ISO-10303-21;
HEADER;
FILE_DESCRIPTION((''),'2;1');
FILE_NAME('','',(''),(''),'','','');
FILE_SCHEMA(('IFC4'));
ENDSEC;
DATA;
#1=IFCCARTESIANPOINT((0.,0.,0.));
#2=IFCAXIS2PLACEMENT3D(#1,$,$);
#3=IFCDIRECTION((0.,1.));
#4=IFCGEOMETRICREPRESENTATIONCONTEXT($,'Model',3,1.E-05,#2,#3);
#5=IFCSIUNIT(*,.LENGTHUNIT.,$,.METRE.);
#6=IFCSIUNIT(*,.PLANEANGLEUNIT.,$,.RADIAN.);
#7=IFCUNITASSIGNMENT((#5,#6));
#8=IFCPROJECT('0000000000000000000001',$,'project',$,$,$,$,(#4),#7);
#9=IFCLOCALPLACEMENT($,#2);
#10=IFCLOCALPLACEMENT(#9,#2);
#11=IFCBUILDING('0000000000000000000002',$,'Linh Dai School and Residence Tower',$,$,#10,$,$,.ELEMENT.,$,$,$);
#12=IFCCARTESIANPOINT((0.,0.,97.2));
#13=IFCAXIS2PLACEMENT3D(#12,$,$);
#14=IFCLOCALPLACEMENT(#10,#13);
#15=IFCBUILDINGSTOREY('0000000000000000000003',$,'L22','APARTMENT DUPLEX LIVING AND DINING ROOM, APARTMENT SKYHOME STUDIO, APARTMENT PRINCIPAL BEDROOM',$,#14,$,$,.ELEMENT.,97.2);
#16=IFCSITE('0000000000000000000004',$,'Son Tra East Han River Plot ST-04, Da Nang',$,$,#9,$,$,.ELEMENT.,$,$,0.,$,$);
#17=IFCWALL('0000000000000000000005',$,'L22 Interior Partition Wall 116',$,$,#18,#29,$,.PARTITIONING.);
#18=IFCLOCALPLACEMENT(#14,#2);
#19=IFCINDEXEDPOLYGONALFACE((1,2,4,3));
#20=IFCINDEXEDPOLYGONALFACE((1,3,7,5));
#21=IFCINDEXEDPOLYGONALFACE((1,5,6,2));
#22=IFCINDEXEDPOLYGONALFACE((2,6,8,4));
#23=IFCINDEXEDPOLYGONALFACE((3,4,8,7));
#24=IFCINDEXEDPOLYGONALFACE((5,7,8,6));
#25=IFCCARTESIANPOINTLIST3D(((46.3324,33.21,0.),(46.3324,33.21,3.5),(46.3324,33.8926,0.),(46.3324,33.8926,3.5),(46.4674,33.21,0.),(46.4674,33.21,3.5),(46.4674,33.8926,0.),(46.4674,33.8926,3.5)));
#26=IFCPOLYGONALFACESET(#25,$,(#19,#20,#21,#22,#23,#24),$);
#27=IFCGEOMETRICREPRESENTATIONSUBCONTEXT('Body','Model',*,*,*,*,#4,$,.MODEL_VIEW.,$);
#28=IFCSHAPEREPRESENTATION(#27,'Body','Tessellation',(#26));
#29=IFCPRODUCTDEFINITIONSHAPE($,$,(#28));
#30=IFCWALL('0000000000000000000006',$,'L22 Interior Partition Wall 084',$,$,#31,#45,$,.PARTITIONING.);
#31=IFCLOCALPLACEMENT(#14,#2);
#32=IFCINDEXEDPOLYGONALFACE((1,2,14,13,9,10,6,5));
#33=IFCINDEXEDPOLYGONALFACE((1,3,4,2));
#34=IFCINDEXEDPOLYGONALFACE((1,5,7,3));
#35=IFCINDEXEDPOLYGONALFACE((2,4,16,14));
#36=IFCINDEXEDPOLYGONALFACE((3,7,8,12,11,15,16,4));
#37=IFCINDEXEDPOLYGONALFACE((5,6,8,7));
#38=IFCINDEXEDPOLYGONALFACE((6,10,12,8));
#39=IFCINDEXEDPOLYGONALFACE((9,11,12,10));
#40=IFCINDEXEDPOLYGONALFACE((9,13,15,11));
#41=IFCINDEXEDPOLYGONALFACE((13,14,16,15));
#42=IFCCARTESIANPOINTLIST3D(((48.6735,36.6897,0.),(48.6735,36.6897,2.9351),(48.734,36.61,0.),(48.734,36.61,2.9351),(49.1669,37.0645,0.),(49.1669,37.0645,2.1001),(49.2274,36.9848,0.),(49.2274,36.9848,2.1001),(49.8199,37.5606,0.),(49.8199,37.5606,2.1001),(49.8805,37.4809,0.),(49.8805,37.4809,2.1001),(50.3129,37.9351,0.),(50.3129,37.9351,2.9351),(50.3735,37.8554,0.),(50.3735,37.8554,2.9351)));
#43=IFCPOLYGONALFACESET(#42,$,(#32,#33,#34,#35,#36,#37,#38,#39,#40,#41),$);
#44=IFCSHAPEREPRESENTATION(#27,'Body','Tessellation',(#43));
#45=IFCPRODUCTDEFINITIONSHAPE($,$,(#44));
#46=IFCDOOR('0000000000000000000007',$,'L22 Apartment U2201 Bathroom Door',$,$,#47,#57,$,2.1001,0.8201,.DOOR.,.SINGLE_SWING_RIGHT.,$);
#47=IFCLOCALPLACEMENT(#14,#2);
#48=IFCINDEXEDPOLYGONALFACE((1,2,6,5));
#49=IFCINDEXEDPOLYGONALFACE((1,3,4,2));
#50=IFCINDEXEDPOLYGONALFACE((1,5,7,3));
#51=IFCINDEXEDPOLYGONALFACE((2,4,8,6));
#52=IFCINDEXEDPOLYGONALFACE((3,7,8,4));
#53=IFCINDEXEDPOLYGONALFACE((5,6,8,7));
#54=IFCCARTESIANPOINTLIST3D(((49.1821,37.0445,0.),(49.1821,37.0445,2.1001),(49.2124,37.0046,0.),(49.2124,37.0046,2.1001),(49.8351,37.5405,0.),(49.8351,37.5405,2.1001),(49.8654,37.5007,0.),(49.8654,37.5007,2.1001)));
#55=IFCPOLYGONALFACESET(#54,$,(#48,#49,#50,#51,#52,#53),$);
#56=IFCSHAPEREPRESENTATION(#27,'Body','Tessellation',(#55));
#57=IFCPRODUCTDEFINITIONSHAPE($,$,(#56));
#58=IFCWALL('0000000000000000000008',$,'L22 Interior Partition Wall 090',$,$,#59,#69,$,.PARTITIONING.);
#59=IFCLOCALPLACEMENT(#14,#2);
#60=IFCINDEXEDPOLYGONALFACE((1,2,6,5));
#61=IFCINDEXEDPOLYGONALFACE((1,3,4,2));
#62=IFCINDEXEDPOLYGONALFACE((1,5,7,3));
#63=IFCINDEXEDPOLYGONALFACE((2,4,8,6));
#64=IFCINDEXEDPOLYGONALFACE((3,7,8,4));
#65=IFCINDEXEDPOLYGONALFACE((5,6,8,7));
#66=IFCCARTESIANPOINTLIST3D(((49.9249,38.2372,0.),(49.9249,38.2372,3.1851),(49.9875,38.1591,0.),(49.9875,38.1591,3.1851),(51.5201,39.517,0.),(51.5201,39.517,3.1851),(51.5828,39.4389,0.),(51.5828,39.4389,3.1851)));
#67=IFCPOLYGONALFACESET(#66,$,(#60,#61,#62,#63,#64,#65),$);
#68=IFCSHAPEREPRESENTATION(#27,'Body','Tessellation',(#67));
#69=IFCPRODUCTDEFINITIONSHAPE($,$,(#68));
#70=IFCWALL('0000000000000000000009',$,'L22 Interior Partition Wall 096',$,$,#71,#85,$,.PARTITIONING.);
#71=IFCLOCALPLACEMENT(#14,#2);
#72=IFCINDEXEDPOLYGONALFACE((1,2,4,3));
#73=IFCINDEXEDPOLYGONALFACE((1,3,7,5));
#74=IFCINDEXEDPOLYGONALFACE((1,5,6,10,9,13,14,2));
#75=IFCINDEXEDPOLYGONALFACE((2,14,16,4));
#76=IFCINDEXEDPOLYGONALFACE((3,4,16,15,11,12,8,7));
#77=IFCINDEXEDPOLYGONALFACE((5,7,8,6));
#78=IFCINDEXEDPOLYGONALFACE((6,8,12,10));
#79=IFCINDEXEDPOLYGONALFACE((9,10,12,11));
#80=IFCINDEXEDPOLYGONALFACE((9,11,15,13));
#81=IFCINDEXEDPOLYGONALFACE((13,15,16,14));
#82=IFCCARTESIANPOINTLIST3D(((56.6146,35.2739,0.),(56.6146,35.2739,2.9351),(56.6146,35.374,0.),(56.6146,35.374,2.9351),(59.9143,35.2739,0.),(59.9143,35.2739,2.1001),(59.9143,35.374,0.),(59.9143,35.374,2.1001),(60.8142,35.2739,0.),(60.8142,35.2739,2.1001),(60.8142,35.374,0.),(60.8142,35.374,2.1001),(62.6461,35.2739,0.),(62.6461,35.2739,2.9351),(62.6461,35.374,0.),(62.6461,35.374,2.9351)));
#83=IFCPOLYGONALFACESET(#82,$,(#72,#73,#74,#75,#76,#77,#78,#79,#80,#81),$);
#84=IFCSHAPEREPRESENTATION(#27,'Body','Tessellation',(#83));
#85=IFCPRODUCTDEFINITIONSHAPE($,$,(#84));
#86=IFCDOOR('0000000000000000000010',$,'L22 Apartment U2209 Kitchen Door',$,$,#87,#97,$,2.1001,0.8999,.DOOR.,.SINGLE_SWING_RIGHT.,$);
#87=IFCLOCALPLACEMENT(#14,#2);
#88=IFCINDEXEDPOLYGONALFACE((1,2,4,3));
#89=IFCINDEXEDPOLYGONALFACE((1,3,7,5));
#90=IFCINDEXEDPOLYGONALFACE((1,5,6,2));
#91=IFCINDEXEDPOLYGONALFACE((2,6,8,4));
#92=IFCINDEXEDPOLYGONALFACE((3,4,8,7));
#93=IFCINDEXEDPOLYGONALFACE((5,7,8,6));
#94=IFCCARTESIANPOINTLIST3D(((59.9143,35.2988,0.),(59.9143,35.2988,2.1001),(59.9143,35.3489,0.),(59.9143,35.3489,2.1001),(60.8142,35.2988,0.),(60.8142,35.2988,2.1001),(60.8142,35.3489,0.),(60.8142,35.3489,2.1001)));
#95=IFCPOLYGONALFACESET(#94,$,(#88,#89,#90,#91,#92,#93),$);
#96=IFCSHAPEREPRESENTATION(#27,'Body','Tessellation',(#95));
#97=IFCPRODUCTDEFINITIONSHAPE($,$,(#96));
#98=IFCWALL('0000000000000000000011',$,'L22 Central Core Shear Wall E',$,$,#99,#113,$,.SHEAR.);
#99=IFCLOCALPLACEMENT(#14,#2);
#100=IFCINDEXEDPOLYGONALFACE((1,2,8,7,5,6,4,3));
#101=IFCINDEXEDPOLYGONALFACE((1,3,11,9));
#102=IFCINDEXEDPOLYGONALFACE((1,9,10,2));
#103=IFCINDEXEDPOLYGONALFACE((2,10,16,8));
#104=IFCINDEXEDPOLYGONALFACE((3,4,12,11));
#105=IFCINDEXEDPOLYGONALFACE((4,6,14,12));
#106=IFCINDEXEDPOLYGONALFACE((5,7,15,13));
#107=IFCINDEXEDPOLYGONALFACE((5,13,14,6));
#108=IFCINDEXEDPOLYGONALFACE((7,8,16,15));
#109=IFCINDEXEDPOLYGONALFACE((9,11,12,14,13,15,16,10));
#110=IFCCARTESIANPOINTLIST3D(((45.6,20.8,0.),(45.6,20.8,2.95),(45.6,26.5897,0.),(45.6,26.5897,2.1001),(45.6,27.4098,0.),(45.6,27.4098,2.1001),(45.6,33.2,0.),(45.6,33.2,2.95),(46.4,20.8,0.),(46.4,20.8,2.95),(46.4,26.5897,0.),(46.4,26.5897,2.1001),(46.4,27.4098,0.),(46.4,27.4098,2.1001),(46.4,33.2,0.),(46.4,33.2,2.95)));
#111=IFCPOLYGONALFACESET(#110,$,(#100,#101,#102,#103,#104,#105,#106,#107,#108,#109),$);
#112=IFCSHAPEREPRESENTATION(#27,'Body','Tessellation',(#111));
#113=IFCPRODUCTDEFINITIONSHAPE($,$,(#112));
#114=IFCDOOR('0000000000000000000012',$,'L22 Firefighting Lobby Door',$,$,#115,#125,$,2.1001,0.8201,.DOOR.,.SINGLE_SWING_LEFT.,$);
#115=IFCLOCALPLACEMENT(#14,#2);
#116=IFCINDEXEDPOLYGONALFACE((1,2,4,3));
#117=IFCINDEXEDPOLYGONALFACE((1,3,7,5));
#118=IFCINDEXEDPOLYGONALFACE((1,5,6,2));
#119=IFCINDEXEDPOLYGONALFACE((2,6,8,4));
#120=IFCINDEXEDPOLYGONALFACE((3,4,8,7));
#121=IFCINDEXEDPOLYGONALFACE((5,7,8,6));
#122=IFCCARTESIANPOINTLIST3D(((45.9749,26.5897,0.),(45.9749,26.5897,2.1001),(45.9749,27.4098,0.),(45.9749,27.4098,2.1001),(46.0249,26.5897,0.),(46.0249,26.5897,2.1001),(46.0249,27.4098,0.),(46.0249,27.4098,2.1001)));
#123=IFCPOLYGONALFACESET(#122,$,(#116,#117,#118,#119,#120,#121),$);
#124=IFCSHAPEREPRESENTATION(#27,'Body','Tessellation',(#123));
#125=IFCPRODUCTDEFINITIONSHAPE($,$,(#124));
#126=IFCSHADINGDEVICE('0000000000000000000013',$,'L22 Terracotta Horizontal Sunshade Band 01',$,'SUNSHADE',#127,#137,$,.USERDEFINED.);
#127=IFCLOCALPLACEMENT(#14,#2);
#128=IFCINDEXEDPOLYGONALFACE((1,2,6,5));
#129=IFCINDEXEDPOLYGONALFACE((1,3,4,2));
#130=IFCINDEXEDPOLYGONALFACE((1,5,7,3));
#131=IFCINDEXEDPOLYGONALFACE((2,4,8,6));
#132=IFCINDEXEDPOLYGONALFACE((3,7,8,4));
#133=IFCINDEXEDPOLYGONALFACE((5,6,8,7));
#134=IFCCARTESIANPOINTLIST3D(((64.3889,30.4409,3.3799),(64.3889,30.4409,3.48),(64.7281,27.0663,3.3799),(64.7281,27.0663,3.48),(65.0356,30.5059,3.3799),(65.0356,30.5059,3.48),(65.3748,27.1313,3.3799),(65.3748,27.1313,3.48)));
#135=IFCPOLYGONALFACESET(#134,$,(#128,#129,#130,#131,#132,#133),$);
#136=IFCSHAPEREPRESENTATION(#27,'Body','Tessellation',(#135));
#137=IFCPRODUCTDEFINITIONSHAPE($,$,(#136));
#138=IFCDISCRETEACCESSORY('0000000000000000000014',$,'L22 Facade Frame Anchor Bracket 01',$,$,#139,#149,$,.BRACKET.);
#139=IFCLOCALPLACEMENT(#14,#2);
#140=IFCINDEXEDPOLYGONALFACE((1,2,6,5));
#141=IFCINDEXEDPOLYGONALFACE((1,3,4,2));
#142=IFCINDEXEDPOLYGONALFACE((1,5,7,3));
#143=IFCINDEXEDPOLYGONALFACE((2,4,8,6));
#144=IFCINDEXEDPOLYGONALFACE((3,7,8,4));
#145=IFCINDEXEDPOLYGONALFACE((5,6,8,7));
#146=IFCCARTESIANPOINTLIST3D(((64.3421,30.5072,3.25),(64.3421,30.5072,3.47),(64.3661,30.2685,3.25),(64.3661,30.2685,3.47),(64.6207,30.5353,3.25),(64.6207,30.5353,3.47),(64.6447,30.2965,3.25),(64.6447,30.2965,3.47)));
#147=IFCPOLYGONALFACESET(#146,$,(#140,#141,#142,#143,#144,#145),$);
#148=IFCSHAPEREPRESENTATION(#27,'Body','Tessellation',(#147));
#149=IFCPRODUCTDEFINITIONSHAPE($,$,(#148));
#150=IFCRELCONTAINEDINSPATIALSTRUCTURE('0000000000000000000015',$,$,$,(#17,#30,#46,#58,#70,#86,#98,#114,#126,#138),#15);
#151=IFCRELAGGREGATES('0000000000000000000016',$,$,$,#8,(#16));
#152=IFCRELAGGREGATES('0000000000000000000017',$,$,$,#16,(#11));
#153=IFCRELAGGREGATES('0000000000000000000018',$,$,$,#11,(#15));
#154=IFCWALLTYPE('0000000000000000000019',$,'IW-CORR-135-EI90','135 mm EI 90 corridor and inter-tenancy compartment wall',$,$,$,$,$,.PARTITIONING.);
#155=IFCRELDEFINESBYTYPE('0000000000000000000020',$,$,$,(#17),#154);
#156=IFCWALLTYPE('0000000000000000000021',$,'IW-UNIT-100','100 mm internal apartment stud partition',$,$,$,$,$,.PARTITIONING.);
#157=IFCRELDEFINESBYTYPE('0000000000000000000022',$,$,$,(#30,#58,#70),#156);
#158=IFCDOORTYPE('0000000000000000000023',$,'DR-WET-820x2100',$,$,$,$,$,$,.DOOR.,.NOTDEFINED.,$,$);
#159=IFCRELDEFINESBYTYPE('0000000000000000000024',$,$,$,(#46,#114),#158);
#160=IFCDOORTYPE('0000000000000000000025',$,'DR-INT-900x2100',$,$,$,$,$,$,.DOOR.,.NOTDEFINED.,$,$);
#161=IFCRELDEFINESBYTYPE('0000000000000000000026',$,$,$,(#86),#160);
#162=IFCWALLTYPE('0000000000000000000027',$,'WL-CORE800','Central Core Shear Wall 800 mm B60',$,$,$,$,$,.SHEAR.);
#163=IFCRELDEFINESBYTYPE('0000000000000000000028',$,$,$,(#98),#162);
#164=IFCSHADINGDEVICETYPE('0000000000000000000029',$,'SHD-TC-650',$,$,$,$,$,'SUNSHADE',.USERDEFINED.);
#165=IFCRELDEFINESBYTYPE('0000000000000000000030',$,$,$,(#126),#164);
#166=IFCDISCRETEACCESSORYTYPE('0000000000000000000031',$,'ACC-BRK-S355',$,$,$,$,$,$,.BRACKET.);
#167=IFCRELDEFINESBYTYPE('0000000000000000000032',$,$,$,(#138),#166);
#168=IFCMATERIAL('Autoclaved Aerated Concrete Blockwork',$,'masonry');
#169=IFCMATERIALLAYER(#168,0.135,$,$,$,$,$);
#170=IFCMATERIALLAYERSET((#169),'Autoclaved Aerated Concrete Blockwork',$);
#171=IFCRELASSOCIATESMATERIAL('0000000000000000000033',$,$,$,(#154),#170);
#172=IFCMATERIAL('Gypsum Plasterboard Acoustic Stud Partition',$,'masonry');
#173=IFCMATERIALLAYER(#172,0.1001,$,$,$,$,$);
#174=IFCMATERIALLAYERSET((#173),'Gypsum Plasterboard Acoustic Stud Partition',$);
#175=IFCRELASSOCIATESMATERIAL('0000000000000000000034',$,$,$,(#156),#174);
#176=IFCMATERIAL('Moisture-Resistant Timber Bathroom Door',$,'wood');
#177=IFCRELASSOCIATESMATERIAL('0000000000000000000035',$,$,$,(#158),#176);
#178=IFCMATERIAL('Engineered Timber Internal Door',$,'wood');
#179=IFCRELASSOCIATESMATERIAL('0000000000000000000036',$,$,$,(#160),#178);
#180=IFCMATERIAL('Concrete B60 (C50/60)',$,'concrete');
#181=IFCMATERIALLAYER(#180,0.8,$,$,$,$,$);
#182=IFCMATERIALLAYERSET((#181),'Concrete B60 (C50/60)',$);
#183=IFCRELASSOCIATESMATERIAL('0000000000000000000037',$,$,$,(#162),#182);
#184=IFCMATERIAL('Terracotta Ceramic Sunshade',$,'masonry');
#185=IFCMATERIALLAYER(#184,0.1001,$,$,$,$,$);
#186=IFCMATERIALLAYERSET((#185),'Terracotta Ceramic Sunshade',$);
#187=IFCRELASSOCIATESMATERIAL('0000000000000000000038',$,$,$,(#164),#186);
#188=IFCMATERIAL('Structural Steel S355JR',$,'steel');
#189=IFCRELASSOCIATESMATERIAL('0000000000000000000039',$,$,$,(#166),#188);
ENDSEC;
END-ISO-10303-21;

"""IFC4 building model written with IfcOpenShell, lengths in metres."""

from ifc_helpers import new_model, si_unit, direction, frame, frame_2d, origin, origin_2d, place, context, subcontext, project, spatial, rectangle, extrude, source, transform, mapped, material, layer, layer_set, type_object, element, fill, save


model = new_model("IFC4")

# Units and contexts
model_context = context("Model", 3, precision=1e-05, world=origin(), true_north=direction((0.0, 1.0)))
body_context = subcontext(model_context, "Body", "Model", "MODEL_VIEW")
ifc_project = project(units=[si_unit("LENGTHUNIT", "METRE"), si_unit("PLANEANGLEUNIT", "RADIAN")], contexts=[model_context])

# Site, building, storey
site_placement = place(None, origin())
site = spatial("IfcSite", under=ifc_project, at=site_placement, Name="Son Tra East Han River Plot ST-04, Da Nang", CompositionType="ELEMENT", RefElevation=0.0)
building_placement = place(site_placement, origin())
building = spatial("IfcBuilding", under=site, at=building_placement, Name="Linh Dai School and Residence Tower", CompositionType="ELEMENT")
storey_placement = place(building_placement, frame((0.0, 0.0, 97.2)))
storey = spatial("IfcBuildingStorey", under=building, at=storey_placement, Name="L22", Description="APARTMENT DUPLEX LIVING AND DINING ROOM, APARTMENT SKYHOME STUDIO, APARTMENT PRINCIPAL BEDROOM", CompositionType="ELEMENT", Elevation=97.2)

# Shared definitions
ifc_material_1 = material(Name="Concrete B60 (C50/60)", Category="concrete")
ifc_material_2 = material(Name="Structural Steel S355JR", Category="steel")

# Wall
ifc_material_3 = material(Name="Autoclaved Aerated Concrete Blockwork", Category="masonry")
ifc_layer_1 = layer(ifc_material_3, 0.135)
ifc_layer_set_1 = layer_set([ifc_layer_1], Name="Autoclaved Aerated Concrete Blockwork")
wall_type_1 = type_object("IfcWallType", Name="IW-CORR-135-EI90", Description="135 mm EI 90 corridor and inter-tenancy compartment wall", PredefinedType="PARTITIONING", material=ifc_layer_set_1)
wall_1_placement = place(storey_placement, frame((46.3999, 33.21, 0.0), z_axis=(0.0, 0.0, 1.0), x_axis=(0.0, 1.0, 0.0)))
element("IfcWall", 1, at=wall_1_placement, inside=storey, type_object=wall_type_1, Name="L22 Interior Partition Wall 116", PredefinedType="PARTITIONING", context=body_context, shape_type="SweptSolid", body=[
    extrude(rectangle(XDim=0.6826, YDim=0.135, at=frame_2d((0.3413, 0.0))), origin(), (0.0, 0.0, 1.0), 3.5),
])

# Wall, opening, door
ifc_material_4 = material(Name="Gypsum Plasterboard Acoustic Stud Partition", Category="masonry")
ifc_layer_2 = layer(ifc_material_4, 0.1001)
ifc_layer_set_2 = layer_set([ifc_layer_2], Name="Gypsum Plasterboard Acoustic Stud Partition")
wall_type_2 = type_object("IfcWallType", Name="IW-UNIT-100", Description="100 mm internal apartment stud partition", PredefinedType="PARTITIONING", material=ifc_layer_set_2)
wall_2_placement = place(storey_placement, frame((48.7039, 36.6499, 0.0), z_axis=(0.0, 0.0, 1.0), x_axis=(0.796299, 0.604903, 0.0)))
wall_2 = element("IfcWall", 2, at=wall_2_placement, inside=storey, type_object=wall_type_2, Name="L22 Interior Partition Wall 084", PredefinedType="PARTITIONING", context=body_context, shape_type="SweptSolid", body=[
    extrude(rectangle(XDim=2.0588, YDim=0.1001, at=frame_2d((1.0293, 0.0))), origin(), (0.0, 0.0, 1.0), 2.9351),
])
opening_1_placement = place(wall_2_placement, frame((0.6194, 0.0, 0.0)))
opening_1 = element("IfcOpeningElement", 3, at=opening_1_placement, cuts=wall_2, PredefinedType="OPENING", context=body_context, shape_type="SweptSolid", body=[
    extrude(rectangle(XDim=0.8201, YDim=2.1001, at=origin_2d()), frame((0.4102, 0.0601, 1.05), z_axis=(0.0, -1.0, 0.0), x_axis=(1.0, 0.0, 0.0)), (0.0, 0.0, 1.0), 0.1201),
])
ifc_material_5 = material(Name="Moisture-Resistant Timber Bathroom Door", Category="wood")
door_type_1 = type_object("IfcDoorType", Name="DR-WET-820x2100", OperationType="NOTDEFINED", PredefinedType="DOOR", material=ifc_material_5)
shared_shape_1 = source(origin(), body_context, "Body", "SweptSolid", [
    extrude(rectangle(XDim=0.8201, YDim=2.1001, at=origin_2d()), frame((0.4102, 0.0249, 1.05), z_axis=(0.0, -1.0, 0.0), x_axis=(1.0, 0.0, 0.0)), (0.0, 0.0, 1.0), 0.05),
])
door_1_placement = place(opening_1_placement, origin())
door_1 = element("IfcDoor", 4, at=door_1_placement, inside=storey, type_object=door_type_1, Name="L22 Apartment U2201 Bathroom Door", OperationType="SINGLE_SWING_RIGHT", OverallHeight=2.1001, OverallWidth=0.8201, PredefinedType="DOOR", context=body_context, shape_type="MappedRepresentation", body=[
    mapped(shared_shape_1, transform((0.0, 0.0, 0.0), x_axis=(1.0, 0.0, 0.0), y_axis=(0.0, 1.0, 0.0), z_axis=(0.0, 0.0, 1.0), scale=1.0)),
])
fill(opening_1, door_1)

# Wall
wall_3_placement = place(storey_placement, frame((49.9563, 38.1982, 0.0), z_axis=(0.0, 0.0, 1.0), x_axis=(0.780006, 0.625772, 0.0)))
element("IfcWall", 5, at=wall_3_placement, inside=storey, type_object=wall_type_2, Name="L22 Interior Partition Wall 090", PredefinedType="PARTITIONING", context=body_context, shape_type="SweptSolid", body=[
    extrude(rectangle(XDim=2.0452, YDim=0.1001, at=frame_2d((1.0225, 0.0))), origin(), (0.0, 0.0, 1.0), 3.1851),
])

# Walls, openings, doors
wall_4_placement = place(storey_placement, frame((56.6147, 35.324, 0.0), z_axis=(0.0, 0.0, 1.0), x_axis=(1.0, 0.0, 0.0)))
wall_4 = element("IfcWall", 6, at=wall_4_placement, inside=storey, type_object=wall_type_2, Name="L22 Interior Partition Wall 096", PredefinedType="PARTITIONING", context=body_context, shape_type="SweptSolid", body=[
    extrude(rectangle(XDim=6.0315, YDim=0.1001, at=frame_2d((3.0156, 0.0))), origin(), (0.0, 0.0, 1.0), 2.9351),
])
opening_2_placement = place(wall_4_placement, frame((3.2996, 0.0, 0.0)))
opening_2 = element("IfcOpeningElement", 7, at=opening_2_placement, cuts=wall_4, PredefinedType="OPENING", context=body_context, shape_type="SweptSolid", body=[
    extrude(rectangle(XDim=0.8999, YDim=2.1001, at=origin_2d()), frame((0.45, 0.0601, 1.05), z_axis=(0.0, -1.0, 0.0), x_axis=(1.0, 0.0, 0.0)), (0.0, 0.0, 1.0), 0.1201),
])
ifc_material_6 = material(Name="Engineered Timber Internal Door", Category="wood")
door_type_2 = type_object("IfcDoorType", Name="DR-INT-900x2100", OperationType="NOTDEFINED", PredefinedType="DOOR", material=ifc_material_6)
shared_shape_2 = source(origin(), body_context, "Body", "SweptSolid", [
    extrude(rectangle(XDim=0.8999, YDim=2.1001, at=origin_2d()), frame((0.45, 0.0249, 1.05), z_axis=(0.0, -1.0, 0.0), x_axis=(1.0, 0.0, 0.0)), (0.0, 0.0, 1.0), 0.05),
])
door_2_placement = place(opening_2_placement, origin())
door_2 = element("IfcDoor", 8, at=door_2_placement, inside=storey, type_object=door_type_2, Name="L22 Apartment U2209 Kitchen Door", OperationType="SINGLE_SWING_RIGHT", OverallHeight=2.1001, OverallWidth=0.8999, PredefinedType="DOOR", context=body_context, shape_type="MappedRepresentation", body=[
    mapped(shared_shape_2, transform((0.0, 0.0, 0.0), x_axis=(1.0, 0.0, 0.0), y_axis=(0.0, 1.0, 0.0), z_axis=(0.0, 0.0, 1.0), scale=1.0)),
])
fill(opening_2, door_2)
ifc_layer_3 = layer(ifc_material_1, 0.8)
ifc_layer_set_3 = layer_set([ifc_layer_3], Name="Concrete B60 (C50/60)")
wall_type_3 = type_object("IfcWallType", Name="WL-CORE800", Description="Central Core Shear Wall 800 mm B60", PredefinedType="SHEAR", material=ifc_layer_set_3)
wall_5_placement = place(storey_placement, frame((46.0, 33.2, 0.0), z_axis=(0.0, 0.0, 1.0), x_axis=(0.0, -1.0, 0.0)))
wall_5 = element("IfcWall", 9, at=wall_5_placement, inside=storey, type_object=wall_type_3, Name="L22 Central Core Shear Wall E", PredefinedType="SHEAR", context=body_context, shape_type="SweptSolid", body=[
    extrude(rectangle(XDim=12.3999, YDim=0.8, at=frame_2d((6.2, 0.0))), origin(), (0.0, 0.0, 1.0), 2.95),
])
opening_3_placement = place(wall_5_placement, frame((5.79, 0.0, 0.0)))
opening_3 = element("IfcOpeningElement", 10, at=opening_3_placement, cuts=wall_5, PredefinedType="OPENING", context=body_context, shape_type="SweptSolid", body=[
    extrude(rectangle(XDim=0.8201, YDim=2.1001, at=origin_2d()), frame((0.4102, 0.4102, 1.05), z_axis=(0.0, -1.0, 0.0), x_axis=(1.0, 0.0, 0.0)), (0.0, 0.0, 1.0), 0.8201),
])
door_3_placement = place(opening_3_placement, origin())
door_3 = element("IfcDoor", 11, at=door_3_placement, inside=storey, type_object=door_type_1, Name="L22 Firefighting Lobby Door", OperationType="SINGLE_SWING_LEFT", OverallHeight=2.1001, OverallWidth=0.8201, PredefinedType="DOOR", context=body_context, shape_type="MappedRepresentation", body=[
    mapped(shared_shape_1, transform((0.0, 0.0, 0.0), x_axis=(1.0, 0.0, 0.0), y_axis=(0.0, 1.0, 0.0), z_axis=(0.0, 0.0, 1.0), scale=1.0)),
])
fill(opening_3, door_3)

# Shading device
ifc_material_7 = material(Name="Terracotta Ceramic Sunshade", Category="masonry")
ifc_layer_4 = layer(ifc_material_7, 0.1001)
ifc_layer_set_4 = layer_set([ifc_layer_4], Name="Terracotta Ceramic Sunshade")
shading_device_type = type_object("IfcShadingDeviceType", Name="SHD-TC-650", ElementType="SUNSHADE", PredefinedType="USERDEFINED", material=ifc_layer_set_4)
shared_shape_3 = source(origin(), body_context, "Body", "SweptSolid", [
    extrude(rectangle(XDim=3.3916, YDim=0.6499, at=origin_2d()), origin(), (0.0, 0.0, 1.0), 0.1001),
])
shading_device_placement = place(storey_placement, frame((64.8818, 28.7861, 3.3799), z_axis=(0.0, 0.0, 1.0), x_axis=(0.100007, -0.994987, 0.0)))
element("IfcShadingDevice", 12, at=shading_device_placement, inside=storey, type_object=shading_device_type, Name="L22 Terracotta Horizontal Sunshade Band 01", ObjectType="SUNSHADE", PredefinedType="USERDEFINED", context=body_context, shape_type="MappedRepresentation", body=[
    mapped(shared_shape_3, transform((0.0, 0.0, 0.0), x_axis=(1.0, 0.0, 0.0), y_axis=(0.0, 1.0, 0.0), z_axis=(0.0, 0.0, 1.0), scale=1.0)),
])

# Discrete accessory
discrete_accessory_type = type_object("IfcDiscreteAccessoryType", Name="ACC-BRK-S355", PredefinedType="BRACKET", material=ifc_material_2)
shared_shape_4 = source(origin(), body_context, "Body", "SweptSolid", [
    extrude(rectangle(XDim=0.28, YDim=0.24, at=origin_2d()), origin(), (0.0, 0.0, 1.0), 0.22),
])
discrete_accessory_placement = place(storey_placement, frame((64.4934, 30.4019, 3.25), z_axis=(0.0, 0.0, 1.0), x_axis=(0.994987, 0.100007, 0.0)))
element("IfcDiscreteAccessory", 13, at=discrete_accessory_placement, inside=storey, type_object=discrete_accessory_type, Name="L22 Facade Frame Anchor Bracket 01", PredefinedType="BRACKET", context=body_context, shape_type="MappedRepresentation", body=[
    mapped(shared_shape_4, transform((0.0, 0.0, 0.0), x_axis=(1.0, 0.0, 0.0), y_axis=(0.0, 1.0, 0.0), z_axis=(0.0, 0.0, 1.0), scale=1.0)),
])

save(model, "model.ifc")
